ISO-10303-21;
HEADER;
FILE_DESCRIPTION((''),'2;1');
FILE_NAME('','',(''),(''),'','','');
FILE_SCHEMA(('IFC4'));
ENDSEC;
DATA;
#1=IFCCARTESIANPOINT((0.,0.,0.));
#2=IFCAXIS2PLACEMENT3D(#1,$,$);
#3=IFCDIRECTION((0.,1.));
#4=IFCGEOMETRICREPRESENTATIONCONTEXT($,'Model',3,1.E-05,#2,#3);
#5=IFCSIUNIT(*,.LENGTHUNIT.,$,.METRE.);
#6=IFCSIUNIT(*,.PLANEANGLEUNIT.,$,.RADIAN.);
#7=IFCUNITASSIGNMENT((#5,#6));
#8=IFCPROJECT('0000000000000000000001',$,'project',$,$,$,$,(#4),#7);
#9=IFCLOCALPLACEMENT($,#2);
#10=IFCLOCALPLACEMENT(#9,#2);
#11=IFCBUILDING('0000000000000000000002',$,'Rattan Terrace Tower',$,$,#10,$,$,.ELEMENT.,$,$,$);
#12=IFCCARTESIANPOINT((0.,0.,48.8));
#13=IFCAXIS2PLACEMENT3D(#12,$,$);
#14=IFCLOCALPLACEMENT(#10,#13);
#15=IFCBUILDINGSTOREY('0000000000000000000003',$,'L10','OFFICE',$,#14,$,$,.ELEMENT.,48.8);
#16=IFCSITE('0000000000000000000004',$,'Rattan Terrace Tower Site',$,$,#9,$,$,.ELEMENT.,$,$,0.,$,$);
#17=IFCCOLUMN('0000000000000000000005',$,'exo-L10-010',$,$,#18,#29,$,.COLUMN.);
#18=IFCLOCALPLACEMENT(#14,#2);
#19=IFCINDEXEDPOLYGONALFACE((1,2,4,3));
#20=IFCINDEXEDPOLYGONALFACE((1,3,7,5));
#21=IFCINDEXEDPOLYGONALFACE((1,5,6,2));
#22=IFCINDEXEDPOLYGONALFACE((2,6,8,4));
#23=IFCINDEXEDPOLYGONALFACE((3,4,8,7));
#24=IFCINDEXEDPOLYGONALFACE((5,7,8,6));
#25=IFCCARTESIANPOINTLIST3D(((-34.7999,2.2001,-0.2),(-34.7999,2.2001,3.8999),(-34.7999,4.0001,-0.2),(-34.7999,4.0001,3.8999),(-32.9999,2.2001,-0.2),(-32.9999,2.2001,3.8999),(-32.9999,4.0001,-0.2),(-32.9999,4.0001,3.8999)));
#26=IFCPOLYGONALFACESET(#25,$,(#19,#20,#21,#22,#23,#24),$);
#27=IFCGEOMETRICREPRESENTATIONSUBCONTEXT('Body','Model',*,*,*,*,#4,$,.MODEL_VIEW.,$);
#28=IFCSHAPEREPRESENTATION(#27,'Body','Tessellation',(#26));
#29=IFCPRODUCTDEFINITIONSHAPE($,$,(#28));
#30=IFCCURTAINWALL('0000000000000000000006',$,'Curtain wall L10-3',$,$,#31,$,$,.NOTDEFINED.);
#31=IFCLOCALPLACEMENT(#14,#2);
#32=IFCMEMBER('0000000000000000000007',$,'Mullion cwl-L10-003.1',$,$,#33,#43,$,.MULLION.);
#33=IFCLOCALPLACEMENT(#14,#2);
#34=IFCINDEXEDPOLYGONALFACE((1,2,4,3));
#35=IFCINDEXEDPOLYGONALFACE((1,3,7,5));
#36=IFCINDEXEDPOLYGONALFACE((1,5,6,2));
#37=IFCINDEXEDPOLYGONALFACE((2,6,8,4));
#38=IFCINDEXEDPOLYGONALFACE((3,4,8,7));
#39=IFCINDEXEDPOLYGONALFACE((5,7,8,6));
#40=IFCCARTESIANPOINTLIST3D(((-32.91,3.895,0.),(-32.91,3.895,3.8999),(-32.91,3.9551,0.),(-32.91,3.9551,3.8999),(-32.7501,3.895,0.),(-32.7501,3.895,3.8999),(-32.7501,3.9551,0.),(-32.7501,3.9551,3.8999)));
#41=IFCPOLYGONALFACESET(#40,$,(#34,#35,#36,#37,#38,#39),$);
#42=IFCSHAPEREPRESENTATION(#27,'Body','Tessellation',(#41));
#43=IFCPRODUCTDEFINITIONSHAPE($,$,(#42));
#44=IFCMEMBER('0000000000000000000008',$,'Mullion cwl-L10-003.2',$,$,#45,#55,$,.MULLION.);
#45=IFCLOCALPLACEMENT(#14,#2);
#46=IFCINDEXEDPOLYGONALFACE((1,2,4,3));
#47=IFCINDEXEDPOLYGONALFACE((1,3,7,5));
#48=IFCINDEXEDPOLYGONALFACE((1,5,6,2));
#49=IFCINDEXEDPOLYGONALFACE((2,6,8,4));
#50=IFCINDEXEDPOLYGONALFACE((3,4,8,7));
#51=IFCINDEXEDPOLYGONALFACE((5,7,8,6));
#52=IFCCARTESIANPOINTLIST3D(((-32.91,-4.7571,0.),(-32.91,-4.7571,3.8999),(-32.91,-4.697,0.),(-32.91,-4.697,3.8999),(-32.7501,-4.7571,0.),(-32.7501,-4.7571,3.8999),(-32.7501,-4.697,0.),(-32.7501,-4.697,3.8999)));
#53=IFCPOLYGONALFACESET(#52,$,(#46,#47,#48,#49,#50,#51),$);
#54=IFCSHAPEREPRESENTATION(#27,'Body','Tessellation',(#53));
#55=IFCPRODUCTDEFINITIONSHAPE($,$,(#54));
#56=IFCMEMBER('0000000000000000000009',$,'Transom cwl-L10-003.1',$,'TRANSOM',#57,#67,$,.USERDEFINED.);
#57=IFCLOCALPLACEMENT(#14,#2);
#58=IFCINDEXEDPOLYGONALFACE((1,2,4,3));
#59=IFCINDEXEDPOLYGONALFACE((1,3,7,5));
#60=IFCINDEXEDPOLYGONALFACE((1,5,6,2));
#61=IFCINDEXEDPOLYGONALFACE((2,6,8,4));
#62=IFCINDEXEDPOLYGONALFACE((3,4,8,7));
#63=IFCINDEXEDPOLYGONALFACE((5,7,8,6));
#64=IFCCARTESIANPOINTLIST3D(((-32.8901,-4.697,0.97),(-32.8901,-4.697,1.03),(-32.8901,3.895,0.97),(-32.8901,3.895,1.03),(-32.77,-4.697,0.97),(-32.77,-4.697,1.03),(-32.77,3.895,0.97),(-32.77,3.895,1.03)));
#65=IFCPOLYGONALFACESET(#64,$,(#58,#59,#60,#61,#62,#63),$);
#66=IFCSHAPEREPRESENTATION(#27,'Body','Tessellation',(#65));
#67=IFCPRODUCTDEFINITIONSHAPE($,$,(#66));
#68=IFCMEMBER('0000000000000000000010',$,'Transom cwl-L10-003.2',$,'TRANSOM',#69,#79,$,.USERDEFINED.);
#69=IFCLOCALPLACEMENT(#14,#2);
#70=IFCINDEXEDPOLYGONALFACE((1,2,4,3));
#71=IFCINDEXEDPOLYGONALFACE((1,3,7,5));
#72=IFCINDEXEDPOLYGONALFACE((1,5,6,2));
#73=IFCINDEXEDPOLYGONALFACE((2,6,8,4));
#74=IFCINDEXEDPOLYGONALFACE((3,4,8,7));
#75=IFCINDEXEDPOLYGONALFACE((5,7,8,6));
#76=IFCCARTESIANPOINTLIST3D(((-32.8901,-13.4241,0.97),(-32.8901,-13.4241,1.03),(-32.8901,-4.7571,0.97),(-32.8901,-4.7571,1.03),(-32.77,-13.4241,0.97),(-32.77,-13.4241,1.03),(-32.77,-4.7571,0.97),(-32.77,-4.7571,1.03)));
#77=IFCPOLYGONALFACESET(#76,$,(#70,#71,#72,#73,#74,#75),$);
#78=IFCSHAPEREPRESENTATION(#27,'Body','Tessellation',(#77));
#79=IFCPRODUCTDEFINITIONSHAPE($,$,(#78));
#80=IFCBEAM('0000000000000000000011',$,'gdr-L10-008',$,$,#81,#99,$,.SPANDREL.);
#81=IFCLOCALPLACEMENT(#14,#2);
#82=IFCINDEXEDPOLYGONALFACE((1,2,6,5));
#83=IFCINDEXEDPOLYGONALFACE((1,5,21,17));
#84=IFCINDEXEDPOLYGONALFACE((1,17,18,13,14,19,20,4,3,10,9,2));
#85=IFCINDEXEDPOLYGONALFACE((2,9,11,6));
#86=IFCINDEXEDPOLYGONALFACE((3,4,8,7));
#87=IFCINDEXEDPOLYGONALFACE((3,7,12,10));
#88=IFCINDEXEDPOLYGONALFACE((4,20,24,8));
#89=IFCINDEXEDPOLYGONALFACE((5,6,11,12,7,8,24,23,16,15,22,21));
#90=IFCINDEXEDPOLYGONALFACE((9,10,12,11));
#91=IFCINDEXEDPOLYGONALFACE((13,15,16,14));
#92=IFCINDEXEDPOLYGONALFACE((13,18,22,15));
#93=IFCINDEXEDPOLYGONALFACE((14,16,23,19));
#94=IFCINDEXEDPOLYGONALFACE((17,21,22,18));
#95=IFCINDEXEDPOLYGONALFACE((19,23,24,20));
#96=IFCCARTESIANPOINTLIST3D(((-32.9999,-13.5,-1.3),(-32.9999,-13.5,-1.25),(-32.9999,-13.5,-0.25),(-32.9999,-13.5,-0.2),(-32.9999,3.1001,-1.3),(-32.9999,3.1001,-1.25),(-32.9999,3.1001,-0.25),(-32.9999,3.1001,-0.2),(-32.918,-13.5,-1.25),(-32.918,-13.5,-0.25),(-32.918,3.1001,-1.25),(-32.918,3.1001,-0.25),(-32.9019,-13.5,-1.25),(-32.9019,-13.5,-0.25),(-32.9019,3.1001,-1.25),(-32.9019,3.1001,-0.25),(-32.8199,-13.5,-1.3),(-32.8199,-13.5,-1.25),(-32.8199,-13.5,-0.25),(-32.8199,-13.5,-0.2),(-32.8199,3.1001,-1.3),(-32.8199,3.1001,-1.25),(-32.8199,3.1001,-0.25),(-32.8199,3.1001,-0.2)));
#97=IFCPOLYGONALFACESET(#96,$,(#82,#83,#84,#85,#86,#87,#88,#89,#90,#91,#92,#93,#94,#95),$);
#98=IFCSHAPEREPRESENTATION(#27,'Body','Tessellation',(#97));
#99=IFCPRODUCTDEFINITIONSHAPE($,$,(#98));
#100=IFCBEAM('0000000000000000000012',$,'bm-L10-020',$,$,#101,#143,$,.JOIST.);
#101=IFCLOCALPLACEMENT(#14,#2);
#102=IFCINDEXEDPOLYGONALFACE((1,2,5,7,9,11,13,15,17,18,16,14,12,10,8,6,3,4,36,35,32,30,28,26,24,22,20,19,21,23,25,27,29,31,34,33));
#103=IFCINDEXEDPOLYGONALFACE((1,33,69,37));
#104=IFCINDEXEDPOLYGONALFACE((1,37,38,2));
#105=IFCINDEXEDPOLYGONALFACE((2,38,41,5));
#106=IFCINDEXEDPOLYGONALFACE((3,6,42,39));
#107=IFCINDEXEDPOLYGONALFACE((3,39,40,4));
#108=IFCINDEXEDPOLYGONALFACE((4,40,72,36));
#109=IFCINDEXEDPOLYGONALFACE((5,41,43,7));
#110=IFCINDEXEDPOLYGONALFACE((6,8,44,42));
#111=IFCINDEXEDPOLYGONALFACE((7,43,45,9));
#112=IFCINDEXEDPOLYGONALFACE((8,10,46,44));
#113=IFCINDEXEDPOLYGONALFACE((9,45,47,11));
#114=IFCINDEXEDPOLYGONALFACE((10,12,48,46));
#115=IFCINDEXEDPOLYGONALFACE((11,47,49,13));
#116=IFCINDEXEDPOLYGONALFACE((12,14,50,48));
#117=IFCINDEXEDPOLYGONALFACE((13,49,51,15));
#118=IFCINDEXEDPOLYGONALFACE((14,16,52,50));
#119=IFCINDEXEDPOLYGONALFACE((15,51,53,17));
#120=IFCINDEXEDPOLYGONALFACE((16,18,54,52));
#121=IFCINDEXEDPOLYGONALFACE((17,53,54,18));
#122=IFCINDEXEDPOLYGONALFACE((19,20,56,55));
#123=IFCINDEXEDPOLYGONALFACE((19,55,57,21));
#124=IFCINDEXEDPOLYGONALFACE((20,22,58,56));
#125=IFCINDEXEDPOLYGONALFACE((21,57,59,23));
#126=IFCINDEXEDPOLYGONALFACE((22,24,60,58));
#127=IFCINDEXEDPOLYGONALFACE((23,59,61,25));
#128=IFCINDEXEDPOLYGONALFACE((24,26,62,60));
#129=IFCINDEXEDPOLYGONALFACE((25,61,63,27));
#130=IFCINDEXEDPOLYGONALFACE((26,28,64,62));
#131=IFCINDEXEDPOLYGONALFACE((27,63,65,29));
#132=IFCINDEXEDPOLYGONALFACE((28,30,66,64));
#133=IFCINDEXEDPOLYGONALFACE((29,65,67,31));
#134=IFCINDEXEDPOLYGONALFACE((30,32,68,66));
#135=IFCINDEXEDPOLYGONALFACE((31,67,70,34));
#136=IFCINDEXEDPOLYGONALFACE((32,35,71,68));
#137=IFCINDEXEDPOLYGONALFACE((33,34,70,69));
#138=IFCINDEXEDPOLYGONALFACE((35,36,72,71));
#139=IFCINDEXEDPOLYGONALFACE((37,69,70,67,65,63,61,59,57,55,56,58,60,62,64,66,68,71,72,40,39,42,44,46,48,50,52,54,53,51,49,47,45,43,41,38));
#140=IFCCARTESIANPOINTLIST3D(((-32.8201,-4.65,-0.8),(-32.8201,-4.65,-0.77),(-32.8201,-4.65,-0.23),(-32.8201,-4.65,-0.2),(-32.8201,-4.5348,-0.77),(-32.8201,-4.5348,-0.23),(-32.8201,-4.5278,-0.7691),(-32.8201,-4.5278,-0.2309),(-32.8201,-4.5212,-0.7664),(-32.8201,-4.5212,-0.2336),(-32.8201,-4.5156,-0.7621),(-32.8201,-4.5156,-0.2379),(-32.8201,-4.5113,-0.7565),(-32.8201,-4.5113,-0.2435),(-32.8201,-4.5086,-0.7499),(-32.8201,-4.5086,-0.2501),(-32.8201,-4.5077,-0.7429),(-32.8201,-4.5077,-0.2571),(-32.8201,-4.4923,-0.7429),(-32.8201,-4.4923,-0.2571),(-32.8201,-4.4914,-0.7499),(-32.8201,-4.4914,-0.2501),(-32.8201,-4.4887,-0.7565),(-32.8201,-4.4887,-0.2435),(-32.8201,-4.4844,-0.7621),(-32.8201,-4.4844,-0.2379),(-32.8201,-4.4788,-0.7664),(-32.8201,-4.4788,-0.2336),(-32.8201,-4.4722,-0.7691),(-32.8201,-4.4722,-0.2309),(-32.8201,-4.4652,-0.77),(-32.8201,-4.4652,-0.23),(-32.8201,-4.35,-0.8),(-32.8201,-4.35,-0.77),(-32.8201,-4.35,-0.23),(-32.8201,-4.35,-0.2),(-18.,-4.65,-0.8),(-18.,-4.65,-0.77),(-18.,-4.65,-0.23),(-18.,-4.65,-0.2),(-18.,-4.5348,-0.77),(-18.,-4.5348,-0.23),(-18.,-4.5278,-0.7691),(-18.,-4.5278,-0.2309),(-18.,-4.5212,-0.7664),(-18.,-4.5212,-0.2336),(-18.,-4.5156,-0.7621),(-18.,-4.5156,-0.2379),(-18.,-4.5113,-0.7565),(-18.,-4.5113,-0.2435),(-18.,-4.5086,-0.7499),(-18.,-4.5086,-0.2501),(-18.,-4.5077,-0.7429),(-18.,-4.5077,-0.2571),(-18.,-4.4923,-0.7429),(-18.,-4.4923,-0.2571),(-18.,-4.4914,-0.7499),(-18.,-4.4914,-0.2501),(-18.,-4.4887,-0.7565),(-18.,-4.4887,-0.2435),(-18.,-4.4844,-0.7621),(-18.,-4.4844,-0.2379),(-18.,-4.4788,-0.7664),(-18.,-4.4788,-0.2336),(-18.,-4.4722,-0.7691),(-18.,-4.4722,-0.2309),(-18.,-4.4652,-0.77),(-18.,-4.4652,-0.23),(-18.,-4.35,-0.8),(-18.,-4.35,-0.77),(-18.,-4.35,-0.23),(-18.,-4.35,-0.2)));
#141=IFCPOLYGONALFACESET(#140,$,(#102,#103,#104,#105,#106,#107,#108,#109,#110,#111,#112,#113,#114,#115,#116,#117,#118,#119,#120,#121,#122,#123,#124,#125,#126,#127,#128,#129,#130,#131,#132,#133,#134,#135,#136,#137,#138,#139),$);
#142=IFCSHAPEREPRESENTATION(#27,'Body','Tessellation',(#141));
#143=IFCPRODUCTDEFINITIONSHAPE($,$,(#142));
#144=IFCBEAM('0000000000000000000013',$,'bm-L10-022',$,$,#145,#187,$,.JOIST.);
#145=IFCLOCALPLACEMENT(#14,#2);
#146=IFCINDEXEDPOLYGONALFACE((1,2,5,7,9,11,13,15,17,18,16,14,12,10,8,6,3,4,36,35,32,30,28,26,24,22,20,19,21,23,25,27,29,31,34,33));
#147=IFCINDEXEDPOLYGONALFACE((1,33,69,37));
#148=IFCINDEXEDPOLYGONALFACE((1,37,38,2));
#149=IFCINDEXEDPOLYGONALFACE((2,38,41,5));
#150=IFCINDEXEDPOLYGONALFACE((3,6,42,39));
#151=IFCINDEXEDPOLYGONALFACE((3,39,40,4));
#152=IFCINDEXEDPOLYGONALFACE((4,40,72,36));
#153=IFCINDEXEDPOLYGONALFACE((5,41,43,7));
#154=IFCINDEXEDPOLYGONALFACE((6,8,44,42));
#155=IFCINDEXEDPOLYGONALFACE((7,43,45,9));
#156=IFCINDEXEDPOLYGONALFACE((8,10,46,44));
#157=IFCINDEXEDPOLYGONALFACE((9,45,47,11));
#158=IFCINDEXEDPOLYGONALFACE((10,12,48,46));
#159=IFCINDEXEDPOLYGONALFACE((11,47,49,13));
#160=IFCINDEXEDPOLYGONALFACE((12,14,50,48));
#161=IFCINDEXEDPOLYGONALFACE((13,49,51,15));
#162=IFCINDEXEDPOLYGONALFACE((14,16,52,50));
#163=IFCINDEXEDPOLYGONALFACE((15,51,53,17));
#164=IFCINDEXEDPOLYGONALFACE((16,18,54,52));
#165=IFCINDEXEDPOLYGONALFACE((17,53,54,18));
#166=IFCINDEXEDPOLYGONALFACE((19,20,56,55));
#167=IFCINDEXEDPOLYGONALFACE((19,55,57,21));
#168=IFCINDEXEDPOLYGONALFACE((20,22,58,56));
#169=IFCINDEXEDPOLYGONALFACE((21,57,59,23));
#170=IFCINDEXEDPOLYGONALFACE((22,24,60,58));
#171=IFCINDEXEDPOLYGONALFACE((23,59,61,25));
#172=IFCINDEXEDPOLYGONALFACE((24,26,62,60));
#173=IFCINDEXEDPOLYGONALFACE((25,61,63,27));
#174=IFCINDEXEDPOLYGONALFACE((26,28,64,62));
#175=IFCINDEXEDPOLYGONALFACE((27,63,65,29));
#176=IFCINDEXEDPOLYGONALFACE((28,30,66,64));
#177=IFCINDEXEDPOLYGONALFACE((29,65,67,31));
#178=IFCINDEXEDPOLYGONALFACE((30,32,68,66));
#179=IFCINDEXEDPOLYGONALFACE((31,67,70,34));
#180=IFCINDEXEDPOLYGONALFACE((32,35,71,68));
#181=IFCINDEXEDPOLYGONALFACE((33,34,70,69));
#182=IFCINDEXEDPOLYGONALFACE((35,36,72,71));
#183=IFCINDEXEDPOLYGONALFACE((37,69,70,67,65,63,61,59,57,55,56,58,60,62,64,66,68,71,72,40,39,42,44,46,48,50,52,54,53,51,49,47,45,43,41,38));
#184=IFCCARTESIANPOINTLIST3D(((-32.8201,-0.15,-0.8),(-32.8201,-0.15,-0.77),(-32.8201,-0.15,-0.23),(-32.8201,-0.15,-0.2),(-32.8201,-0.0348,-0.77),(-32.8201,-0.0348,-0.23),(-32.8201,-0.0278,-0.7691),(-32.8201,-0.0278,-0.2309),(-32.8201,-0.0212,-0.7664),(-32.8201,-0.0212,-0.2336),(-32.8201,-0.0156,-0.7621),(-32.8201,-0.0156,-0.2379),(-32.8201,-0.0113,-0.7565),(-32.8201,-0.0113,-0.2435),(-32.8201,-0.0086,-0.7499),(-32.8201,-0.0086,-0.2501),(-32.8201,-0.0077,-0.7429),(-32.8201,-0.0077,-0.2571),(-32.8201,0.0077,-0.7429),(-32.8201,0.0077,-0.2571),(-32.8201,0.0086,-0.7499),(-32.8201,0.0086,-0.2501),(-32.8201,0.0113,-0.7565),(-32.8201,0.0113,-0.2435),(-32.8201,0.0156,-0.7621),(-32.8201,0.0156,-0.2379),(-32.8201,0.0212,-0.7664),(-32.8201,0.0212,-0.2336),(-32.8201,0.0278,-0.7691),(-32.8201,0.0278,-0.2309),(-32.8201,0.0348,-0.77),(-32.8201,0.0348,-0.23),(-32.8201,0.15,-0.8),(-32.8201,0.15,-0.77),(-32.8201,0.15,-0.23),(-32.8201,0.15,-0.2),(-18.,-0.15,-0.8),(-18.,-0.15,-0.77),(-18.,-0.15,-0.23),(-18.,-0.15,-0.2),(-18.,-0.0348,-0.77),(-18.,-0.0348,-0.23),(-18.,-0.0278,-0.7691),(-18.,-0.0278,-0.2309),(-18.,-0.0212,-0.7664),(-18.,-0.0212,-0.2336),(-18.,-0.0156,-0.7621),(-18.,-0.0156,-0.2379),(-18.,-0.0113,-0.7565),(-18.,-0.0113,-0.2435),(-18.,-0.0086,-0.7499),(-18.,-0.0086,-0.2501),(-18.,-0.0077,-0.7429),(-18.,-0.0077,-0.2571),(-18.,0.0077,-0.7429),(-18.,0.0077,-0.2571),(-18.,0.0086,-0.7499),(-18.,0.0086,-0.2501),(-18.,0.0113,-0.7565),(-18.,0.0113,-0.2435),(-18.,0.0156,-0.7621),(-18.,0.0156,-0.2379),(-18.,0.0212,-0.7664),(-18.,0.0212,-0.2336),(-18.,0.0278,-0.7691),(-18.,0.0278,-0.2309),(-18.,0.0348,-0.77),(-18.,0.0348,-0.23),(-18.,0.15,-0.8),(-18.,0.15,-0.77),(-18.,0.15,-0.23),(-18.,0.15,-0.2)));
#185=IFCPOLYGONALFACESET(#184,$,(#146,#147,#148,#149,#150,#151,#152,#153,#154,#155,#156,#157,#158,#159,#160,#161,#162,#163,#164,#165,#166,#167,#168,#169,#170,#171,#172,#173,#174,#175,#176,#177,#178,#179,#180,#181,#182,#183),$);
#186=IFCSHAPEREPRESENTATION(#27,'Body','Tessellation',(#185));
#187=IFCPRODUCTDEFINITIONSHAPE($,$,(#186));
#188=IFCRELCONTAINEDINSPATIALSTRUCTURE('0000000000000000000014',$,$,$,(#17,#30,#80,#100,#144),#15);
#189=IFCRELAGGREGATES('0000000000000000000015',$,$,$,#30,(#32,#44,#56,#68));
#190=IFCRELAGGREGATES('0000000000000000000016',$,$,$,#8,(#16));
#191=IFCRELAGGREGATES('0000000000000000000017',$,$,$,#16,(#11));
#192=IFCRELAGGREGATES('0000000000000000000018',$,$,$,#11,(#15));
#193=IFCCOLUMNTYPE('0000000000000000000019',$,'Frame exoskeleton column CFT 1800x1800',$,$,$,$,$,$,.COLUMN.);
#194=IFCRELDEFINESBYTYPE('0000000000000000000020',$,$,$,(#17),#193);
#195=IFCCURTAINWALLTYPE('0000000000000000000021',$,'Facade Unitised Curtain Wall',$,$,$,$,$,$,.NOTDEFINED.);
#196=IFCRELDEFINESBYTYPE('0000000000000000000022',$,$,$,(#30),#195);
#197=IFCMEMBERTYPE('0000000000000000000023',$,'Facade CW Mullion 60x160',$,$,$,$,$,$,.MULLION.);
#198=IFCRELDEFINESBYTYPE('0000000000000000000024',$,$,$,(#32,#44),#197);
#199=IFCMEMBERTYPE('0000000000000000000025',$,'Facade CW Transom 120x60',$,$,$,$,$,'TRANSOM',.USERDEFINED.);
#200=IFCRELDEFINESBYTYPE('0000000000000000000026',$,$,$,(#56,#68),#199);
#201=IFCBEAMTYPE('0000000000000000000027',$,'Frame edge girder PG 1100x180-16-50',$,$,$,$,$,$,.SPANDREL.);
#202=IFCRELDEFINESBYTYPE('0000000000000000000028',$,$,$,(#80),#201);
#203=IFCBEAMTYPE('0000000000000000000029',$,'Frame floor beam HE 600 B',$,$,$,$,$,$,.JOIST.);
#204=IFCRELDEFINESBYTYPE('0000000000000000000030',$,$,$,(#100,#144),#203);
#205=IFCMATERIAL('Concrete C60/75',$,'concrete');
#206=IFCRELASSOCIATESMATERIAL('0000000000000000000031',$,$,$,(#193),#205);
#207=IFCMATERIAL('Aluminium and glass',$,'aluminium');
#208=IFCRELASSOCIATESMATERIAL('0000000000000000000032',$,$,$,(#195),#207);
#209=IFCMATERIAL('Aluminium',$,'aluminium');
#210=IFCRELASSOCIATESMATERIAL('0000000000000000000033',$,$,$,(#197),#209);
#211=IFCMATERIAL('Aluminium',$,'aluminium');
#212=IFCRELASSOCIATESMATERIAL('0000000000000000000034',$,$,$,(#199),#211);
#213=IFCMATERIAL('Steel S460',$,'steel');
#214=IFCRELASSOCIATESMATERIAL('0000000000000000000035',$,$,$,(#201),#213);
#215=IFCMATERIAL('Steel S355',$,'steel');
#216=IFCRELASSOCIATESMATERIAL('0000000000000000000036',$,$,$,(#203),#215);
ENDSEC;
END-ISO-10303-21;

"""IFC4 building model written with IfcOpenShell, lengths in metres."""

from ifc_helpers import new_model, si_unit, direction, frame, origin, origin_2d, place, context, subcontext, project, spatial, rectangle, i_section, extrude, material, material_profile, profile_set, type_object, element, aggregate, save


model = new_model("IFC4")

# Units and contexts
model_context = context("Model", 3, precision=1e-05, world=origin(), true_north=direction((0.0, 1.0)))
body_context = subcontext(model_context, "Body", "Model", "MODEL_VIEW")
ifc_project = project(units=[si_unit("LENGTHUNIT", "METRE"), si_unit("PLANEANGLEUNIT", "RADIAN")], contexts=[model_context])

# Site, building, storey
site_placement = place(None, origin())
site = spatial("IfcSite", under=ifc_project, at=site_placement, Name="Rattan Terrace Tower Site", CompositionType="ELEMENT", RefElevation=0.0)
building_placement = place(site_placement, origin())
building = spatial("IfcBuilding", under=site, at=building_placement, Name="Rattan Terrace Tower", CompositionType="ELEMENT")
storey_placement = place(building_placement, frame((0.0, 0.0, 48.8)))
storey = spatial("IfcBuildingStorey", under=building, at=storey_placement, Name="L10", Description="OFFICE", CompositionType="ELEMENT", Elevation=48.8)

# Column
ifc_material_1 = material(Name="Concrete C60/75", Category="concrete")
ifc_material_profile_1 = material_profile(ifc_material_1, rectangle(XDim=1.8, YDim=1.8, at=origin_2d()), Name="CFT 1800x1800")
ifc_profile_set_1 = profile_set([ifc_material_profile_1], Name="Concrete C60/75")
column_type = type_object("IfcColumnType", Name="Frame exoskeleton column CFT 1800x1800", PredefinedType="COLUMN", material=ifc_profile_set_1)
column_placement = place(storey_placement, frame((-33.8999, 3.1001, -0.2), z_axis=(0.0, 0.0, 1.0), x_axis=(0.0, 1.0, 0.0)))
element("IfcColumn", 1, at=column_placement, inside=storey, type_object=column_type, Name="exo-L10-010", PredefinedType="COLUMN", context=body_context, shape_type="SweptSolid", body=[
    extrude(rectangle(XDim=1.8, YDim=1.8, at=origin_2d()), origin(), (0.0, 0.0, 1.0), 4.0999),
])

# Curtain wall, members
ifc_material_2 = material(Name="Aluminium and glass", Category="aluminium")
curtain_wall_type = type_object("IfcCurtainWallType", Name="Facade Unitised Curtain Wall", PredefinedType="NOTDEFINED", material=ifc_material_2)
curtain_wall_placement = place(storey_placement, origin())
curtain_wall = element("IfcCurtainWall", 2, at=curtain_wall_placement, inside=storey, type_object=curtain_wall_type, Name="Curtain wall L10-3", PredefinedType="NOTDEFINED")
ifc_material_3 = material(Name="Aluminium", Category="aluminium")
ifc_material_profile_2 = material_profile(ifc_material_3, rectangle(XDim=0.0601, YDim=0.1599, at=origin_2d()), Name="Aluminium 60x160")
ifc_profile_set_2 = profile_set([ifc_material_profile_2], Name="Aluminium")
member_type_1 = type_object("IfcMemberType", Name="Facade CW Mullion 60x160", PredefinedType="MULLION", material=ifc_profile_set_2)
member_1_placement = place(storey_placement, frame((-32.8301, 3.925, 0.0), z_axis=(0.0, 0.0, 1.0), x_axis=(0.0, -1.0, 0.0)))
member_1 = element("IfcMember", 3, at=member_1_placement, type_object=member_type_1, Name="Mullion cwl-L10-003.1", PredefinedType="MULLION", context=body_context, shape_type="SweptSolid", body=[
    extrude(rectangle(XDim=0.0601, YDim=0.1599, at=origin_2d()), origin(), (0.0, 0.0, 1.0), 3.8999),
])
member_2_placement = place(storey_placement, frame((-32.8301, -4.7271, 0.0), z_axis=(0.0, 0.0, 1.0), x_axis=(0.0, -1.0, 0.0)))
member_2 = element("IfcMember", 4, at=member_2_placement, type_object=member_type_1, Name="Mullion cwl-L10-003.2", PredefinedType="MULLION", context=body_context, shape_type="SweptSolid", body=[
    extrude(rectangle(XDim=0.0601, YDim=0.1599, at=origin_2d()), origin(), (0.0, 0.0, 1.0), 3.8999),
])
ifc_material_4 = material(Name="Aluminium", Category="aluminium")
ifc_material_profile_3 = material_profile(ifc_material_4, rectangle(XDim=0.1201, YDim=0.0601, at=origin_2d()), Name="Aluminium 120x60")
ifc_profile_set_3 = profile_set([ifc_material_profile_3], Name="Aluminium")
member_type_2 = type_object("IfcMemberType", Name="Facade CW Transom 120x60", ElementType="TRANSOM", PredefinedType="USERDEFINED", material=ifc_profile_set_3)
member_3_placement = place(storey_placement, frame((-32.8301, 3.895, 1.0), z_axis=(0.0, -1.0, 0.0), x_axis=(1.0, 0.0, 0.0)))
member_3 = element("IfcMember", 5, at=member_3_placement, type_object=member_type_2, Name="Transom cwl-L10-003.1", ObjectType="TRANSOM", PredefinedType="USERDEFINED", context=body_context, shape_type="SweptSolid", body=[
    extrude(rectangle(XDim=0.1201, YDim=0.0601, at=origin_2d()), origin(), (0.0, 0.0, 1.0), 8.592),
])
member_4_placement = place(storey_placement, frame((-32.8301, -4.7571, 1.0), z_axis=(0.0, -1.0, 0.0), x_axis=(1.0, 0.0, 0.0)))
member_4 = element("IfcMember", 6, at=member_4_placement, type_object=member_type_2, Name="Transom cwl-L10-003.2", ObjectType="TRANSOM", PredefinedType="USERDEFINED", context=body_context, shape_type="SweptSolid", body=[
    extrude(rectangle(XDim=0.1201, YDim=0.0601, at=origin_2d()), origin(), (0.0, 0.0, 1.0), 8.667),
])

# Beams
ifc_material_5 = material(Name="Steel S460", Category="steel")
ifc_material_profile_4 = material_profile(ifc_material_5, i_section(OverallWidth=0.1799, OverallDepth=1.1001, WebThickness=0.0161, FlangeThickness=0.05, at=origin_2d()), Name="PG 1100x180-16-50")
ifc_profile_set_4 = profile_set([ifc_material_profile_4], Name="Steel S460")
beam_type_1 = type_object("IfcBeamType", Name="Frame edge girder PG 1100x180-16-50", PredefinedType="SPANDREL", material=ifc_profile_set_4)
beam_placement = place(storey_placement, frame((-32.9099, 3.1001, -0.75), z_axis=(0.0, -1.0, 0.0), x_axis=(1.0, 0.0, 0.0)))
element("IfcBeam", 7, at=beam_placement, inside=storey, type_object=beam_type_1, Name="gdr-L10-008", PredefinedType="SPANDREL", context=body_context, shape_type="SweptSolid", body=[
    extrude(i_section(OverallWidth=0.1799, OverallDepth=1.1001, WebThickness=0.0161, FlangeThickness=0.05, at=origin_2d()), origin(), (0.0, 0.0, 1.0), 16.6001),
])
ifc_material_6 = material(Name="Steel S355", Category="steel")
ifc_material_profile_5 = material_profile(ifc_material_6, i_section(OverallWidth=0.3, OverallDepth=0.6001, WebThickness=0.0154, FlangeThickness=0.03, FilletRadius=0.0271, at=origin_2d()), Name="HE 600 B")
ifc_profile_set_5 = profile_set([ifc_material_profile_5], Name="Steel S355")
beam_type_2 = type_object("IfcBeamType", Name="Frame floor beam HE 600 B", PredefinedType="JOIST", material=ifc_profile_set_5)
for number, where, z_axis, x_axis, name in (
    (8, (-32.8201, -4.5, -0.5), (1.0, 0.0, 0.0), (0.0, 1.0, 0.0), "bm-L10-020"),
    (9, (-32.8201, 0.0, -0.5), (1.0, 0.0, 0.0), (0.0, 1.0, 0.0), "bm-L10-022"),
):
    element("IfcBeam", number, at=place(storey_placement, frame(where, z_axis=z_axis, x_axis=x_axis)), inside=storey, type_object=beam_type_2, Name=name, PredefinedType="JOIST", context=body_context, shape_type="SweptSolid", body=[
        extrude(i_section(OverallWidth=0.3, OverallDepth=0.6001, WebThickness=0.0154, FlangeThickness=0.03, FilletRadius=0.0271, at=origin_2d()), origin(), (0.0, 0.0, 1.0), 14.8201),
    ])

aggregate(curtain_wall, [member_1, member_2, member_3, member_4])

save(model, "model.ifc")
